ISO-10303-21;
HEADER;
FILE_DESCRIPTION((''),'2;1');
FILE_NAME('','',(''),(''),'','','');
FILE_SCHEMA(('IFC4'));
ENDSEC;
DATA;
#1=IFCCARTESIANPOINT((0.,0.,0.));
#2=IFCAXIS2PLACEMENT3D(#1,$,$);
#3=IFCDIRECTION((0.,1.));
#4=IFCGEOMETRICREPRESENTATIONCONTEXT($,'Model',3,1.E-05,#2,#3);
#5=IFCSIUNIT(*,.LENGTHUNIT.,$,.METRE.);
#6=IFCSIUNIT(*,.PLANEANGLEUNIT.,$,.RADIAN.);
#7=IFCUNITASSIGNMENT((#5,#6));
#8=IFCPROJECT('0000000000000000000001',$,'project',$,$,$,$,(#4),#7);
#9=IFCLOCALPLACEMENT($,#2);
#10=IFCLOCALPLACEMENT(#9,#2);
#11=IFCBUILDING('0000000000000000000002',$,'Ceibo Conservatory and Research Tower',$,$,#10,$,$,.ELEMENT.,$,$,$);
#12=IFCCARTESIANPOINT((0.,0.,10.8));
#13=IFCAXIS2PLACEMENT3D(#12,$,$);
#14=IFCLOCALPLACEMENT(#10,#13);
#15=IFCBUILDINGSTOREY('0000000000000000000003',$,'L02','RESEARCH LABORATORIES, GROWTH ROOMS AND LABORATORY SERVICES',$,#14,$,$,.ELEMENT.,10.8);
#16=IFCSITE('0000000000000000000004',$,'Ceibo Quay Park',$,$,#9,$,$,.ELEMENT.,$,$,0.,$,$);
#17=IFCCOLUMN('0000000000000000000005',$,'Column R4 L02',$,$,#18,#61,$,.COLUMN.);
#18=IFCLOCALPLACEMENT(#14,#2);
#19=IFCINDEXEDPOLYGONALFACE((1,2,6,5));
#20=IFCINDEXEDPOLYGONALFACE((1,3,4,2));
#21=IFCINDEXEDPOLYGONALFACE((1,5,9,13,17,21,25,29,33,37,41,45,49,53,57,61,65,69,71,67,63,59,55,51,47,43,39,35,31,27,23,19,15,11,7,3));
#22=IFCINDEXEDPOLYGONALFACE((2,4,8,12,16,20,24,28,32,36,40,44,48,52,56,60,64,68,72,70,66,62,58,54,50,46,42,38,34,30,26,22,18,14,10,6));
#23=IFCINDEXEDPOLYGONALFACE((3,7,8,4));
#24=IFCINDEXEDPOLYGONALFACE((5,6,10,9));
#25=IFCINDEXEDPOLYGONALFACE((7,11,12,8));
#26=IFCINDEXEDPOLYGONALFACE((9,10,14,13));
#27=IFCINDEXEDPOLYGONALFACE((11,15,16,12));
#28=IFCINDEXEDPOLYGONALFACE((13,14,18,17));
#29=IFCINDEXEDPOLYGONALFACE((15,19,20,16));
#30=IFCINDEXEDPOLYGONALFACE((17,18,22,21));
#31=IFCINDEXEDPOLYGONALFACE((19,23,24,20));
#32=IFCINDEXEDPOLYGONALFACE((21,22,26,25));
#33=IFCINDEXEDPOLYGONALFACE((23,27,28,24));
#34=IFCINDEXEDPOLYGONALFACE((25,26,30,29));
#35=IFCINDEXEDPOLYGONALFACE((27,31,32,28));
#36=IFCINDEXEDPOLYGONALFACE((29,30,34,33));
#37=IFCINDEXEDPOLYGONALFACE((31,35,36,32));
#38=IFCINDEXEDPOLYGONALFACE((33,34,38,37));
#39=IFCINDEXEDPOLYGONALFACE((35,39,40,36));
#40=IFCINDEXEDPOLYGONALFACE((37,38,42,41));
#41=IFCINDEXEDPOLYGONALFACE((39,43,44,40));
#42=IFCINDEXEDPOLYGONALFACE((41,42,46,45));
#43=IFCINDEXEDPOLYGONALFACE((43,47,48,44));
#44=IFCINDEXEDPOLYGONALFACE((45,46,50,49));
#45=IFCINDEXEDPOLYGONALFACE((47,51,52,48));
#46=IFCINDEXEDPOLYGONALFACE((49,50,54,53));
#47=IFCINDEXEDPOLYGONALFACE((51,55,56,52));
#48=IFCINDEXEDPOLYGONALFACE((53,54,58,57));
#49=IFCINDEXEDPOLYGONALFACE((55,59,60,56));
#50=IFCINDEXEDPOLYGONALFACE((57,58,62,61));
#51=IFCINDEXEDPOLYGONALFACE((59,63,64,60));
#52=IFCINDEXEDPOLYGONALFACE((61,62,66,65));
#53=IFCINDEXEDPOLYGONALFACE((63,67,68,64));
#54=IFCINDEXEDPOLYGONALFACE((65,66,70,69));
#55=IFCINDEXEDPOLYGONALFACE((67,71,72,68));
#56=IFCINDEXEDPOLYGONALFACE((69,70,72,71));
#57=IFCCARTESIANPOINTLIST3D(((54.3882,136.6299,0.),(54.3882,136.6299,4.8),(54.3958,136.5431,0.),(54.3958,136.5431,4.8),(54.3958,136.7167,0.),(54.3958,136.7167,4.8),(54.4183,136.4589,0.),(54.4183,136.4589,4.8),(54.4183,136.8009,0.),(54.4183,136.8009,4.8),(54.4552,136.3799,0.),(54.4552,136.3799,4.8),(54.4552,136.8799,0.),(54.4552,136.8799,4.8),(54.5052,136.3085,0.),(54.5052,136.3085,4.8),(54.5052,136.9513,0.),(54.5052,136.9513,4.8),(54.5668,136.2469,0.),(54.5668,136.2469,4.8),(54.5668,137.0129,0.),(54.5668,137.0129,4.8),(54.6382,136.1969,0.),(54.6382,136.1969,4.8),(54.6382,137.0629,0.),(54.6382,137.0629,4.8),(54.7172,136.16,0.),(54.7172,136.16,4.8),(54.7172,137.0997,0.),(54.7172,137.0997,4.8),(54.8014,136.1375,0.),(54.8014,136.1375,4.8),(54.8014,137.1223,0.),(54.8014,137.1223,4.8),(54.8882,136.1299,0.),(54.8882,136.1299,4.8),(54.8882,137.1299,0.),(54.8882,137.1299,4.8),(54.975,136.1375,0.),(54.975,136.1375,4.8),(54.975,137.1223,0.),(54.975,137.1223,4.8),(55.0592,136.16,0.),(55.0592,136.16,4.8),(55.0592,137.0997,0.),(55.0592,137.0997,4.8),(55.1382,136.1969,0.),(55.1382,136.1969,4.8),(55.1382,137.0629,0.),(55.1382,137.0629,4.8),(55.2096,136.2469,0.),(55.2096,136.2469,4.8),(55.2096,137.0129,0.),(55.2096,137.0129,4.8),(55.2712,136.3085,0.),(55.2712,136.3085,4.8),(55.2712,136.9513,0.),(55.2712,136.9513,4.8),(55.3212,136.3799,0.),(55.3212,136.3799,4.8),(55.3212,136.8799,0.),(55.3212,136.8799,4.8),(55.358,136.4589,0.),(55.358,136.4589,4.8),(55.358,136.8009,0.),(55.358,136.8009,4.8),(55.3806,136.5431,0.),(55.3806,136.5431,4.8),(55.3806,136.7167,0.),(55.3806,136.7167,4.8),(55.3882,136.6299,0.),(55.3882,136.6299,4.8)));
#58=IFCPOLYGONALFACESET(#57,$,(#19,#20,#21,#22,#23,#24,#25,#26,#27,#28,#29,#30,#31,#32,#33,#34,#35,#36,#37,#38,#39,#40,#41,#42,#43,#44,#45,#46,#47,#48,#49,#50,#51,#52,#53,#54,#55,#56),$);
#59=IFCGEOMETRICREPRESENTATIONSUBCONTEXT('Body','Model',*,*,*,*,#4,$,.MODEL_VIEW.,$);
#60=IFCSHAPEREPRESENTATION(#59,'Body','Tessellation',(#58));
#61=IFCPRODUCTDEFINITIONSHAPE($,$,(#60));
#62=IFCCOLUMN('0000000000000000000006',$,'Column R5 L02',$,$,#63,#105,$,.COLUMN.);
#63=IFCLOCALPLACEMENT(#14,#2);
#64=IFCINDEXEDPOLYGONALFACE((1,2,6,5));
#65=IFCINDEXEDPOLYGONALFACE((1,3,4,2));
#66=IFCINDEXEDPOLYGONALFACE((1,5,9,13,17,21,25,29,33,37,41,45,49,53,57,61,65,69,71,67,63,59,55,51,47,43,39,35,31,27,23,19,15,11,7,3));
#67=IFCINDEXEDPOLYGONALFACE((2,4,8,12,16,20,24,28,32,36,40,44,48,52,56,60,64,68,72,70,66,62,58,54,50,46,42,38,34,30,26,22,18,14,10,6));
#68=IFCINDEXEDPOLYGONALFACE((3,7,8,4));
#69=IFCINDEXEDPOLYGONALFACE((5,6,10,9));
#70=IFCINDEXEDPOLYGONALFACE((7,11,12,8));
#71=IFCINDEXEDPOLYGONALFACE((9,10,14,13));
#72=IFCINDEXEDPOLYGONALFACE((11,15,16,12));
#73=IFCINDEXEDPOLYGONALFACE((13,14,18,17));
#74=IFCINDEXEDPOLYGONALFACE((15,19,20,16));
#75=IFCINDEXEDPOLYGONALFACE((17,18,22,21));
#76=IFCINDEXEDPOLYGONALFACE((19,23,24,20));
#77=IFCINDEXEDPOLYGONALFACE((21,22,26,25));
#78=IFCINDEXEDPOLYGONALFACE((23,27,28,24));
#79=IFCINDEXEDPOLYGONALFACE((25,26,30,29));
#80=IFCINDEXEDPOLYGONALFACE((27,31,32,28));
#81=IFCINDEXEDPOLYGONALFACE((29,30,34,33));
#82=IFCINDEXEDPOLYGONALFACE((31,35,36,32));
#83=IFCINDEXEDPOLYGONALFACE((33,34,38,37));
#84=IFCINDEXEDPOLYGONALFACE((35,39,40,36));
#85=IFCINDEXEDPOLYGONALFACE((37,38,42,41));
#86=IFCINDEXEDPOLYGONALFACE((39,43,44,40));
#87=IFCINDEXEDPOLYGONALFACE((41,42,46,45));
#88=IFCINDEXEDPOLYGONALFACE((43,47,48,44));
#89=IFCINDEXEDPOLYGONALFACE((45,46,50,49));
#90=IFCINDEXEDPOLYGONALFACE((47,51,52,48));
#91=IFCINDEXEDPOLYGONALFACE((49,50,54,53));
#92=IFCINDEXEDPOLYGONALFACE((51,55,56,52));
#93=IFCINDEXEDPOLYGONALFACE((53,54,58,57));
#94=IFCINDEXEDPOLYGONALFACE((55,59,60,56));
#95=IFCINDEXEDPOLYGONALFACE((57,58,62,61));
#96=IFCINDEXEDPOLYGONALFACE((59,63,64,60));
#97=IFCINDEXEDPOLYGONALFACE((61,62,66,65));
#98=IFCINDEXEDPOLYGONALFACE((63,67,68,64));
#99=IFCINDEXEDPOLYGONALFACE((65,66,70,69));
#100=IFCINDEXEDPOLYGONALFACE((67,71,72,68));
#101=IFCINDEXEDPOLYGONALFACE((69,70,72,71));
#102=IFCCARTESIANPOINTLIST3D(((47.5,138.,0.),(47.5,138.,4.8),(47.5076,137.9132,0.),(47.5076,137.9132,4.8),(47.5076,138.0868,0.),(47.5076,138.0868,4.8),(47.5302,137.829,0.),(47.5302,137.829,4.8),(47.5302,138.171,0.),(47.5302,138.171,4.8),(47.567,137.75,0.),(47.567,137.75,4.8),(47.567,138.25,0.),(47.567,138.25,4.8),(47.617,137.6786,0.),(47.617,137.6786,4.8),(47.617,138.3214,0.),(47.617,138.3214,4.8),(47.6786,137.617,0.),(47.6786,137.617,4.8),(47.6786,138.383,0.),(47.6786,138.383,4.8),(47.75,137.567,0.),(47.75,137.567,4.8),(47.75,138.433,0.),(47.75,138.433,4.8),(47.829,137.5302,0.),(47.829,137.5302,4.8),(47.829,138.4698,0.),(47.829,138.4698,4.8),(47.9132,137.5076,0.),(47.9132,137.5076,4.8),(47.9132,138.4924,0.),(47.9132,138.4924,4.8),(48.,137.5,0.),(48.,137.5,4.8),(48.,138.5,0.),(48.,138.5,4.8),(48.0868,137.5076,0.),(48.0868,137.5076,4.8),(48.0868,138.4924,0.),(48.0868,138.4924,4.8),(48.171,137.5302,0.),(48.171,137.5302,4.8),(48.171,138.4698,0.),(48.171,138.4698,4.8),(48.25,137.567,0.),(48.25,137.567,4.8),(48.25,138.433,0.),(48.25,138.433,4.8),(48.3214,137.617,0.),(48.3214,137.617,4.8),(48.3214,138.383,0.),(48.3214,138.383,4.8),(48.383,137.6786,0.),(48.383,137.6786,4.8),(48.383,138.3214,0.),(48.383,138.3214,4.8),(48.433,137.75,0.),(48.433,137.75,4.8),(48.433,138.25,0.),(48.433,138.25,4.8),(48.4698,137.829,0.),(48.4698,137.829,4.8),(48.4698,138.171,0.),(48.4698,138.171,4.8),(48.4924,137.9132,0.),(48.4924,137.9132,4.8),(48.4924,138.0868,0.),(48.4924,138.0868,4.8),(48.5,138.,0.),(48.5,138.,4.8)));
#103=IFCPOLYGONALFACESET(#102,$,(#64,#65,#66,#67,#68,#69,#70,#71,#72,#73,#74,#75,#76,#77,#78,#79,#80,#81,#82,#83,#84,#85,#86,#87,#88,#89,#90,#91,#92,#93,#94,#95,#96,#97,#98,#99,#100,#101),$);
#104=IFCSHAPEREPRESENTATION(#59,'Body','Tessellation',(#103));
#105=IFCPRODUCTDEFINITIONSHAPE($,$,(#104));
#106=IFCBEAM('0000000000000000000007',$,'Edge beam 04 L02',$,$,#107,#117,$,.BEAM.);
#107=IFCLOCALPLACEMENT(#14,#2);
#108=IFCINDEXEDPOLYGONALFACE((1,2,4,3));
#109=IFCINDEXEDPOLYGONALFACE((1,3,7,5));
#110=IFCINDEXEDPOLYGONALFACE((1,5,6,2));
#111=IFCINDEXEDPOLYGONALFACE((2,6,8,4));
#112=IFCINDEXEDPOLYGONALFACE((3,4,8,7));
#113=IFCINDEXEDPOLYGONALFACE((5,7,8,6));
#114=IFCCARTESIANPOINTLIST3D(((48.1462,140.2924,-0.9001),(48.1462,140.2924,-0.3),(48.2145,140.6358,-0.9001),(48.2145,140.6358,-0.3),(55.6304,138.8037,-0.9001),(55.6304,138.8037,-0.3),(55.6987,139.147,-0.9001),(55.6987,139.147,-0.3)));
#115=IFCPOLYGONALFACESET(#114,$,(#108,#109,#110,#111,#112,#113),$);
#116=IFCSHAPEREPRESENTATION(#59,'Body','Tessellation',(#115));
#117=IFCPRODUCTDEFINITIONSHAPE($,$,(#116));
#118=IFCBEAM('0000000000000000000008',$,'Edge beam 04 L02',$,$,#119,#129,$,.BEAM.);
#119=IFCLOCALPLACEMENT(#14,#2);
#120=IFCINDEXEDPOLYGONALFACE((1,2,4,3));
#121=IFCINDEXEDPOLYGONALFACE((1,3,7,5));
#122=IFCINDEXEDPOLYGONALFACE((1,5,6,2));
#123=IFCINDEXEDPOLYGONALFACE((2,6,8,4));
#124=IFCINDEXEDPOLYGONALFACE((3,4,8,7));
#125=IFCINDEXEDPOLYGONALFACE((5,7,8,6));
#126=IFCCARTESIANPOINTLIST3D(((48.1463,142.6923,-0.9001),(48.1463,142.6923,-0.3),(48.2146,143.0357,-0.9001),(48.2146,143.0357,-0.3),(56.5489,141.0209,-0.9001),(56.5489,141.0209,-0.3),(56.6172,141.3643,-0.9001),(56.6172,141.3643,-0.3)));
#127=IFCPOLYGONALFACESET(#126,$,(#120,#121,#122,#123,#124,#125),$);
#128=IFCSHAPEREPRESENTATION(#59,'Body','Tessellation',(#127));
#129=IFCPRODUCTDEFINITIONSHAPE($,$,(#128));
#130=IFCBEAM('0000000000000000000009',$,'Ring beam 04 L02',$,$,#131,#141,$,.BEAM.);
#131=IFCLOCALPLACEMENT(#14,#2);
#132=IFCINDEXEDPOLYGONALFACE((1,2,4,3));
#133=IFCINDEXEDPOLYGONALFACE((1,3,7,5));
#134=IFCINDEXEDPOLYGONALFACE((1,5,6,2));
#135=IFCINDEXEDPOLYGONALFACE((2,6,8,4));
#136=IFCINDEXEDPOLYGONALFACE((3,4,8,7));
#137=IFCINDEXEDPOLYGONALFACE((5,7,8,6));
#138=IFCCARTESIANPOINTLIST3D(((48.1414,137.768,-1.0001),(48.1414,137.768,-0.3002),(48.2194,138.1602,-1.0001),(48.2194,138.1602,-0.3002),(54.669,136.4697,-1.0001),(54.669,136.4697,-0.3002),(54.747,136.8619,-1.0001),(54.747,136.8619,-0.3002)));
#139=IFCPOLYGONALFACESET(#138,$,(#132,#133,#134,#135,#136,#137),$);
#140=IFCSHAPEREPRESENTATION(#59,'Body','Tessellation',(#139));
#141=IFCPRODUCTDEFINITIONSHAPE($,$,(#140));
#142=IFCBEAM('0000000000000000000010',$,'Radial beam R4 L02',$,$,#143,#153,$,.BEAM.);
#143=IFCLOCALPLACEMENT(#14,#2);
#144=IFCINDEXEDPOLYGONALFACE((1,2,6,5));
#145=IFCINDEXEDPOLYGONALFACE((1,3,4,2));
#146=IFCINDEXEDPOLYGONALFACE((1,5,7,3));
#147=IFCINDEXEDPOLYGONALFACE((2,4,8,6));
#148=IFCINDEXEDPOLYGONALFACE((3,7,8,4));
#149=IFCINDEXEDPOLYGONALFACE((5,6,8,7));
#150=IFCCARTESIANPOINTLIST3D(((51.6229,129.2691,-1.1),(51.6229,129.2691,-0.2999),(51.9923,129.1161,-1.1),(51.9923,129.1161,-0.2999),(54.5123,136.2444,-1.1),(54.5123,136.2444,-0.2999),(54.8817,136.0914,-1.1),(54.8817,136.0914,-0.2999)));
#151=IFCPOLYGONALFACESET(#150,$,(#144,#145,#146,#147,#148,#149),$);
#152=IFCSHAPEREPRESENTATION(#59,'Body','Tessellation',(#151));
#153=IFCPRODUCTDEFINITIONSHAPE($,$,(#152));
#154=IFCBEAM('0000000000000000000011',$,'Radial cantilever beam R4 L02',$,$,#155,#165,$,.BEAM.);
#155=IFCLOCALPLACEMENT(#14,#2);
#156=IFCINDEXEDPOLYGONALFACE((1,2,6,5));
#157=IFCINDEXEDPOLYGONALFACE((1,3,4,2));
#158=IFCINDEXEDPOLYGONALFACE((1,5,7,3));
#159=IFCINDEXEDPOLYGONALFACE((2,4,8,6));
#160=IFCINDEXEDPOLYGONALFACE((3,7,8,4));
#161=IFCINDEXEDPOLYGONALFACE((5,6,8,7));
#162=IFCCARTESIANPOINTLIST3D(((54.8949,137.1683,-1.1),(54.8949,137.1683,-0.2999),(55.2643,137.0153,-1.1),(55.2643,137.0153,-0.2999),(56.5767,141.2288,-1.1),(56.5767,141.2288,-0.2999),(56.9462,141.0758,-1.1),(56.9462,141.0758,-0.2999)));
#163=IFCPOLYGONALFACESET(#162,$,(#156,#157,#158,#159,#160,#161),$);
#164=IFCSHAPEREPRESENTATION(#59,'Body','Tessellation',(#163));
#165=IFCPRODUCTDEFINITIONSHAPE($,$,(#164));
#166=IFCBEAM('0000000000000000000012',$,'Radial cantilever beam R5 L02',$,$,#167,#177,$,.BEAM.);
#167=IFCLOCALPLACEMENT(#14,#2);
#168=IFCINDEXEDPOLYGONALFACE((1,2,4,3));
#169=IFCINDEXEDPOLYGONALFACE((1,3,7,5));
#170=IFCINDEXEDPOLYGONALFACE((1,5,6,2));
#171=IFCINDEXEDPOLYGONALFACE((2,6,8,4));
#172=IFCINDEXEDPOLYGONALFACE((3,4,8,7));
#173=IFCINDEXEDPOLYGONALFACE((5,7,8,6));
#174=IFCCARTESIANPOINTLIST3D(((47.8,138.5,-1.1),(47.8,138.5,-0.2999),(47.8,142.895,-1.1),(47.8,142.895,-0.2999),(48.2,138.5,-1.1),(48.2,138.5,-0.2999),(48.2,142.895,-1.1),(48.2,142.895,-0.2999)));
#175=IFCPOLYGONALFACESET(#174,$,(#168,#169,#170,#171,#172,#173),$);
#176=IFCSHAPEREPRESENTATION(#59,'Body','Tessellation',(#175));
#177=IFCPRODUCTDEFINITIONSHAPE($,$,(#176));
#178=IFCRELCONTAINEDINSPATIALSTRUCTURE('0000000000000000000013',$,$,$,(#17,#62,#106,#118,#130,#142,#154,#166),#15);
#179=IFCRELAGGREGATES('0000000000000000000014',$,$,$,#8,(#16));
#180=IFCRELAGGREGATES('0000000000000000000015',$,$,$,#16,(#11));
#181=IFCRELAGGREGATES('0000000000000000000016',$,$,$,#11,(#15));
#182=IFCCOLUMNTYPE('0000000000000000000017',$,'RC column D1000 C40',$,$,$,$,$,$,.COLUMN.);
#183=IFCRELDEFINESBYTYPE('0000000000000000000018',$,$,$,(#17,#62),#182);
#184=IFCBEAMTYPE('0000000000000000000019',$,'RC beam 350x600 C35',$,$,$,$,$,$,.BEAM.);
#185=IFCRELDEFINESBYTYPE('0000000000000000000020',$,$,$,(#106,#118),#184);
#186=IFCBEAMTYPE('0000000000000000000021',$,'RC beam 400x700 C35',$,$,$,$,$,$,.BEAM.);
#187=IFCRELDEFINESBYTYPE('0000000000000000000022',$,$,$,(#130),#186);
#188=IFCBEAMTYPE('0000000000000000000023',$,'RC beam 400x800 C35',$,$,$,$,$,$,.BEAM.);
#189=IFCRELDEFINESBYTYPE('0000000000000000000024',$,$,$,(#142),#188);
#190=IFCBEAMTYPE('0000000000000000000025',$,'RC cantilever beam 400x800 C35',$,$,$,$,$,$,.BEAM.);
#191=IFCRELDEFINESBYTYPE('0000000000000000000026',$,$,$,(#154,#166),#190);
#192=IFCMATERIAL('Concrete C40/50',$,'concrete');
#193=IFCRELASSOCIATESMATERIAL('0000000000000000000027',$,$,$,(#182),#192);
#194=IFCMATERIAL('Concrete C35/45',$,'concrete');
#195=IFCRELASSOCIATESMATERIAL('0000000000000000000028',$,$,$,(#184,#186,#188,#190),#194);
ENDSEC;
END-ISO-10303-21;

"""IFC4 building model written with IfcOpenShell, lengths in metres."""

from ifc_helpers import new_model, si_unit, direction, frame, origin, origin_2d, place, context, subcontext, project, spatial, rectangle, circle, extrude, material, material_profile, profile_set, type_object, element, save


model = new_model("IFC4")

# Units and contexts
model_context = context("Model", 3, precision=1e-05, world=origin(), true_north=direction((0.0, 1.0)))
body_context = subcontext(model_context, "Body", "Model", "MODEL_VIEW")
ifc_project = project(units=[si_unit("LENGTHUNIT", "METRE"), si_unit("PLANEANGLEUNIT", "RADIAN")], contexts=[model_context])

# Site, building, storey
site_placement = place(None, origin())
site = spatial("IfcSite", under=ifc_project, at=site_placement, Name="Ceibo Quay Park", CompositionType="ELEMENT", RefElevation=0.0)
building_placement = place(site_placement, origin())
building = spatial("IfcBuilding", under=site, at=building_placement, Name="Ceibo Conservatory and Research Tower", CompositionType="ELEMENT")
storey_placement = place(building_placement, frame((0.0, 0.0, 10.8)))
storey = spatial("IfcBuildingStorey", under=building, at=storey_placement, Name="L02", Description="RESEARCH LABORATORIES, GROWTH ROOMS AND LABORATORY SERVICES", CompositionType="ELEMENT", Elevation=10.8)

# Columns
ifc_material_1 = material(Name="Concrete C40/50", Category="concrete")
ifc_material_profile_1 = material_profile(ifc_material_1, circle(Radius=0.5, at=origin_2d()), Name="RC D1000")
ifc_profile_set_1 = profile_set([ifc_material_profile_1], Name="Concrete C40/50")
column_type = type_object("IfcColumnType", Name="RC column D1000 C40", PredefinedType="COLUMN", material=ifc_profile_set_1)
for number, where, z_axis, x_axis, name in (
    (1, (54.8882, 136.6299, 0.0), (0.0, 0.0, 1.0), (1.0, 0.0, 0.0), "Column R4 L02"),
    (2, (48.0, 138.0, 0.0), (0.0, 0.0, 1.0), (1.0, 0.0, 0.0), "Column R5 L02"),
):
    element("IfcColumn", number, at=place(storey_placement, frame(where, z_axis=z_axis, x_axis=x_axis)), inside=storey, type_object=column_type, Name=name, PredefinedType="COLUMN", context=body_context, shape_type="SweptSolid", body=[
        extrude(circle(Radius=0.5, at=origin_2d()), origin(), (0.0, 0.0, 1.0), 4.8),
    ])

# Beams
ifc_material_2 = material(Name="Concrete C35/45", Category="concrete")
ifc_material_profile_2 = material_profile(ifc_material_2, rectangle(XDim=0.3501, YDim=0.6001, at=origin_2d()), Name="RC 350x600")
ifc_profile_set_2 = profile_set([ifc_material_profile_2], Name="Concrete C35/45")
beam_type_1 = type_object("IfcBeamType", Name="RC beam 350x600 C35", PredefinedType="BEAM", material=ifc_profile_set_2)
beam_1_placement = place(storey_placement, frame((55.6646, 138.9753, -0.6001), z_axis=(-0.980783, 0.195101, 0.0), x_axis=(-0.195101, -0.980783, 0.0)))
element("IfcBeam", 3, at=beam_1_placement, inside=storey, type_object=beam_type_1, Name="Edge beam 04 L02", PredefinedType="BEAM", context=body_context, shape_type="SweptSolid", body=[
    extrude(rectangle(XDim=0.3501, YDim=0.6001, at=origin_2d()), origin(), (0.0, 0.0, 1.0), 7.6309),
])
beam_2_placement = place(storey_placement, frame((56.583, 141.1926, -0.6001), z_axis=(-0.980785, 0.195091, 0.0), x_axis=(-0.195091, -0.980785, 0.0)))
element("IfcBeam", 4, at=beam_2_placement, inside=storey, type_object=beam_type_1, Name="Edge beam 04 L02", PredefinedType="BEAM", context=body_context, shape_type="SweptSolid", body=[
    extrude(rectangle(XDim=0.3501, YDim=0.6001, at=origin_2d()), origin(), (0.0, 0.0, 1.0), 8.5671),
])
ifc_material_profile_3 = material_profile(ifc_material_2, rectangle(XDim=0.3999, YDim=0.7, at=origin_2d()), Name="RC 400x700")
ifc_profile_set_3 = profile_set([ifc_material_profile_3], Name="Concrete C35/45")
beam_type_2 = type_object("IfcBeamType", Name="RC beam 400x700 C35", PredefinedType="BEAM", material=ifc_profile_set_3)
beam_3_placement = place(storey_placement, frame((54.708, 136.6658, -0.6501), z_axis=(-0.980788, 0.195079, 0.0), x_axis=(-0.195079, -0.980788, 0.0)))
element("IfcBeam", 5, at=beam_3_placement, inside=storey, type_object=beam_type_2, Name="Ring beam 04 L02", PredefinedType="BEAM", context=body_context, shape_type="SweptSolid", body=[
    extrude(rectangle(XDim=0.3999, YDim=0.7, at=origin_2d()), origin(), (0.0, 0.0, 1.0), 6.6555),
])
ifc_material_profile_4 = material_profile(ifc_material_2, rectangle(XDim=0.3999, YDim=0.8, at=origin_2d()), Name="RC 400x800")
ifc_profile_set_4 = profile_set([ifc_material_profile_4], Name="Concrete C35/45")
beam_type_3 = type_object("IfcBeamType", Name="RC beam 400x800 C35", PredefinedType="BEAM", material=ifc_profile_set_4)
beam_4_placement = place(storey_placement, frame((51.8076, 129.1926, -0.7), z_axis=(0.382697, 0.923874, 0.0), x_axis=(-0.923874, 0.382697, 0.0)))
element("IfcBeam", 6, at=beam_4_placement, inside=storey, type_object=beam_type_3, Name="Radial beam R4 L02", PredefinedType="BEAM", context=body_context, shape_type="SweptSolid", body=[
    extrude(rectangle(XDim=0.3999, YDim=0.8, at=origin_2d()), origin(), (0.0, 0.0, 1.0), 7.55),
])
ifc_material_profile_5 = material_profile(ifc_material_2, rectangle(XDim=0.3999, YDim=0.8, at=origin_2d()), Name="RC 400x800")
ifc_profile_set_5 = profile_set([ifc_material_profile_5], Name="Concrete C35/45")
beam_type_4 = type_object("IfcBeamType", Name="RC cantilever beam 400x800 C35", PredefinedType="BEAM", material=ifc_profile_set_5)
for number, where, z_axis, x_axis, name in (
    (7, (55.0796, 137.0918, -0.7), (0.382674, 0.923883, 0.0), (-0.923883, 0.382674, 0.0), "Radial cantilever beam R4 L02"),
    (8, (48.0, 138.5, -0.7), (0.0, 1.0, 0.0), (-1.0, 0.0, 0.0), "Radial cantilever beam R5 L02"),
):
    element("IfcBeam", number, at=place(storey_placement, frame(where, z_axis=z_axis, x_axis=x_axis)), inside=storey, type_object=beam_type_4, Name=name, PredefinedType="BEAM", context=body_context, shape_type="SweptSolid", body=[
        extrude(rectangle(XDim=0.3999, YDim=0.8, at=origin_2d()), origin(), (0.0, 0.0, 1.0), 4.395),
    ])

save(model, "model.ifc")
